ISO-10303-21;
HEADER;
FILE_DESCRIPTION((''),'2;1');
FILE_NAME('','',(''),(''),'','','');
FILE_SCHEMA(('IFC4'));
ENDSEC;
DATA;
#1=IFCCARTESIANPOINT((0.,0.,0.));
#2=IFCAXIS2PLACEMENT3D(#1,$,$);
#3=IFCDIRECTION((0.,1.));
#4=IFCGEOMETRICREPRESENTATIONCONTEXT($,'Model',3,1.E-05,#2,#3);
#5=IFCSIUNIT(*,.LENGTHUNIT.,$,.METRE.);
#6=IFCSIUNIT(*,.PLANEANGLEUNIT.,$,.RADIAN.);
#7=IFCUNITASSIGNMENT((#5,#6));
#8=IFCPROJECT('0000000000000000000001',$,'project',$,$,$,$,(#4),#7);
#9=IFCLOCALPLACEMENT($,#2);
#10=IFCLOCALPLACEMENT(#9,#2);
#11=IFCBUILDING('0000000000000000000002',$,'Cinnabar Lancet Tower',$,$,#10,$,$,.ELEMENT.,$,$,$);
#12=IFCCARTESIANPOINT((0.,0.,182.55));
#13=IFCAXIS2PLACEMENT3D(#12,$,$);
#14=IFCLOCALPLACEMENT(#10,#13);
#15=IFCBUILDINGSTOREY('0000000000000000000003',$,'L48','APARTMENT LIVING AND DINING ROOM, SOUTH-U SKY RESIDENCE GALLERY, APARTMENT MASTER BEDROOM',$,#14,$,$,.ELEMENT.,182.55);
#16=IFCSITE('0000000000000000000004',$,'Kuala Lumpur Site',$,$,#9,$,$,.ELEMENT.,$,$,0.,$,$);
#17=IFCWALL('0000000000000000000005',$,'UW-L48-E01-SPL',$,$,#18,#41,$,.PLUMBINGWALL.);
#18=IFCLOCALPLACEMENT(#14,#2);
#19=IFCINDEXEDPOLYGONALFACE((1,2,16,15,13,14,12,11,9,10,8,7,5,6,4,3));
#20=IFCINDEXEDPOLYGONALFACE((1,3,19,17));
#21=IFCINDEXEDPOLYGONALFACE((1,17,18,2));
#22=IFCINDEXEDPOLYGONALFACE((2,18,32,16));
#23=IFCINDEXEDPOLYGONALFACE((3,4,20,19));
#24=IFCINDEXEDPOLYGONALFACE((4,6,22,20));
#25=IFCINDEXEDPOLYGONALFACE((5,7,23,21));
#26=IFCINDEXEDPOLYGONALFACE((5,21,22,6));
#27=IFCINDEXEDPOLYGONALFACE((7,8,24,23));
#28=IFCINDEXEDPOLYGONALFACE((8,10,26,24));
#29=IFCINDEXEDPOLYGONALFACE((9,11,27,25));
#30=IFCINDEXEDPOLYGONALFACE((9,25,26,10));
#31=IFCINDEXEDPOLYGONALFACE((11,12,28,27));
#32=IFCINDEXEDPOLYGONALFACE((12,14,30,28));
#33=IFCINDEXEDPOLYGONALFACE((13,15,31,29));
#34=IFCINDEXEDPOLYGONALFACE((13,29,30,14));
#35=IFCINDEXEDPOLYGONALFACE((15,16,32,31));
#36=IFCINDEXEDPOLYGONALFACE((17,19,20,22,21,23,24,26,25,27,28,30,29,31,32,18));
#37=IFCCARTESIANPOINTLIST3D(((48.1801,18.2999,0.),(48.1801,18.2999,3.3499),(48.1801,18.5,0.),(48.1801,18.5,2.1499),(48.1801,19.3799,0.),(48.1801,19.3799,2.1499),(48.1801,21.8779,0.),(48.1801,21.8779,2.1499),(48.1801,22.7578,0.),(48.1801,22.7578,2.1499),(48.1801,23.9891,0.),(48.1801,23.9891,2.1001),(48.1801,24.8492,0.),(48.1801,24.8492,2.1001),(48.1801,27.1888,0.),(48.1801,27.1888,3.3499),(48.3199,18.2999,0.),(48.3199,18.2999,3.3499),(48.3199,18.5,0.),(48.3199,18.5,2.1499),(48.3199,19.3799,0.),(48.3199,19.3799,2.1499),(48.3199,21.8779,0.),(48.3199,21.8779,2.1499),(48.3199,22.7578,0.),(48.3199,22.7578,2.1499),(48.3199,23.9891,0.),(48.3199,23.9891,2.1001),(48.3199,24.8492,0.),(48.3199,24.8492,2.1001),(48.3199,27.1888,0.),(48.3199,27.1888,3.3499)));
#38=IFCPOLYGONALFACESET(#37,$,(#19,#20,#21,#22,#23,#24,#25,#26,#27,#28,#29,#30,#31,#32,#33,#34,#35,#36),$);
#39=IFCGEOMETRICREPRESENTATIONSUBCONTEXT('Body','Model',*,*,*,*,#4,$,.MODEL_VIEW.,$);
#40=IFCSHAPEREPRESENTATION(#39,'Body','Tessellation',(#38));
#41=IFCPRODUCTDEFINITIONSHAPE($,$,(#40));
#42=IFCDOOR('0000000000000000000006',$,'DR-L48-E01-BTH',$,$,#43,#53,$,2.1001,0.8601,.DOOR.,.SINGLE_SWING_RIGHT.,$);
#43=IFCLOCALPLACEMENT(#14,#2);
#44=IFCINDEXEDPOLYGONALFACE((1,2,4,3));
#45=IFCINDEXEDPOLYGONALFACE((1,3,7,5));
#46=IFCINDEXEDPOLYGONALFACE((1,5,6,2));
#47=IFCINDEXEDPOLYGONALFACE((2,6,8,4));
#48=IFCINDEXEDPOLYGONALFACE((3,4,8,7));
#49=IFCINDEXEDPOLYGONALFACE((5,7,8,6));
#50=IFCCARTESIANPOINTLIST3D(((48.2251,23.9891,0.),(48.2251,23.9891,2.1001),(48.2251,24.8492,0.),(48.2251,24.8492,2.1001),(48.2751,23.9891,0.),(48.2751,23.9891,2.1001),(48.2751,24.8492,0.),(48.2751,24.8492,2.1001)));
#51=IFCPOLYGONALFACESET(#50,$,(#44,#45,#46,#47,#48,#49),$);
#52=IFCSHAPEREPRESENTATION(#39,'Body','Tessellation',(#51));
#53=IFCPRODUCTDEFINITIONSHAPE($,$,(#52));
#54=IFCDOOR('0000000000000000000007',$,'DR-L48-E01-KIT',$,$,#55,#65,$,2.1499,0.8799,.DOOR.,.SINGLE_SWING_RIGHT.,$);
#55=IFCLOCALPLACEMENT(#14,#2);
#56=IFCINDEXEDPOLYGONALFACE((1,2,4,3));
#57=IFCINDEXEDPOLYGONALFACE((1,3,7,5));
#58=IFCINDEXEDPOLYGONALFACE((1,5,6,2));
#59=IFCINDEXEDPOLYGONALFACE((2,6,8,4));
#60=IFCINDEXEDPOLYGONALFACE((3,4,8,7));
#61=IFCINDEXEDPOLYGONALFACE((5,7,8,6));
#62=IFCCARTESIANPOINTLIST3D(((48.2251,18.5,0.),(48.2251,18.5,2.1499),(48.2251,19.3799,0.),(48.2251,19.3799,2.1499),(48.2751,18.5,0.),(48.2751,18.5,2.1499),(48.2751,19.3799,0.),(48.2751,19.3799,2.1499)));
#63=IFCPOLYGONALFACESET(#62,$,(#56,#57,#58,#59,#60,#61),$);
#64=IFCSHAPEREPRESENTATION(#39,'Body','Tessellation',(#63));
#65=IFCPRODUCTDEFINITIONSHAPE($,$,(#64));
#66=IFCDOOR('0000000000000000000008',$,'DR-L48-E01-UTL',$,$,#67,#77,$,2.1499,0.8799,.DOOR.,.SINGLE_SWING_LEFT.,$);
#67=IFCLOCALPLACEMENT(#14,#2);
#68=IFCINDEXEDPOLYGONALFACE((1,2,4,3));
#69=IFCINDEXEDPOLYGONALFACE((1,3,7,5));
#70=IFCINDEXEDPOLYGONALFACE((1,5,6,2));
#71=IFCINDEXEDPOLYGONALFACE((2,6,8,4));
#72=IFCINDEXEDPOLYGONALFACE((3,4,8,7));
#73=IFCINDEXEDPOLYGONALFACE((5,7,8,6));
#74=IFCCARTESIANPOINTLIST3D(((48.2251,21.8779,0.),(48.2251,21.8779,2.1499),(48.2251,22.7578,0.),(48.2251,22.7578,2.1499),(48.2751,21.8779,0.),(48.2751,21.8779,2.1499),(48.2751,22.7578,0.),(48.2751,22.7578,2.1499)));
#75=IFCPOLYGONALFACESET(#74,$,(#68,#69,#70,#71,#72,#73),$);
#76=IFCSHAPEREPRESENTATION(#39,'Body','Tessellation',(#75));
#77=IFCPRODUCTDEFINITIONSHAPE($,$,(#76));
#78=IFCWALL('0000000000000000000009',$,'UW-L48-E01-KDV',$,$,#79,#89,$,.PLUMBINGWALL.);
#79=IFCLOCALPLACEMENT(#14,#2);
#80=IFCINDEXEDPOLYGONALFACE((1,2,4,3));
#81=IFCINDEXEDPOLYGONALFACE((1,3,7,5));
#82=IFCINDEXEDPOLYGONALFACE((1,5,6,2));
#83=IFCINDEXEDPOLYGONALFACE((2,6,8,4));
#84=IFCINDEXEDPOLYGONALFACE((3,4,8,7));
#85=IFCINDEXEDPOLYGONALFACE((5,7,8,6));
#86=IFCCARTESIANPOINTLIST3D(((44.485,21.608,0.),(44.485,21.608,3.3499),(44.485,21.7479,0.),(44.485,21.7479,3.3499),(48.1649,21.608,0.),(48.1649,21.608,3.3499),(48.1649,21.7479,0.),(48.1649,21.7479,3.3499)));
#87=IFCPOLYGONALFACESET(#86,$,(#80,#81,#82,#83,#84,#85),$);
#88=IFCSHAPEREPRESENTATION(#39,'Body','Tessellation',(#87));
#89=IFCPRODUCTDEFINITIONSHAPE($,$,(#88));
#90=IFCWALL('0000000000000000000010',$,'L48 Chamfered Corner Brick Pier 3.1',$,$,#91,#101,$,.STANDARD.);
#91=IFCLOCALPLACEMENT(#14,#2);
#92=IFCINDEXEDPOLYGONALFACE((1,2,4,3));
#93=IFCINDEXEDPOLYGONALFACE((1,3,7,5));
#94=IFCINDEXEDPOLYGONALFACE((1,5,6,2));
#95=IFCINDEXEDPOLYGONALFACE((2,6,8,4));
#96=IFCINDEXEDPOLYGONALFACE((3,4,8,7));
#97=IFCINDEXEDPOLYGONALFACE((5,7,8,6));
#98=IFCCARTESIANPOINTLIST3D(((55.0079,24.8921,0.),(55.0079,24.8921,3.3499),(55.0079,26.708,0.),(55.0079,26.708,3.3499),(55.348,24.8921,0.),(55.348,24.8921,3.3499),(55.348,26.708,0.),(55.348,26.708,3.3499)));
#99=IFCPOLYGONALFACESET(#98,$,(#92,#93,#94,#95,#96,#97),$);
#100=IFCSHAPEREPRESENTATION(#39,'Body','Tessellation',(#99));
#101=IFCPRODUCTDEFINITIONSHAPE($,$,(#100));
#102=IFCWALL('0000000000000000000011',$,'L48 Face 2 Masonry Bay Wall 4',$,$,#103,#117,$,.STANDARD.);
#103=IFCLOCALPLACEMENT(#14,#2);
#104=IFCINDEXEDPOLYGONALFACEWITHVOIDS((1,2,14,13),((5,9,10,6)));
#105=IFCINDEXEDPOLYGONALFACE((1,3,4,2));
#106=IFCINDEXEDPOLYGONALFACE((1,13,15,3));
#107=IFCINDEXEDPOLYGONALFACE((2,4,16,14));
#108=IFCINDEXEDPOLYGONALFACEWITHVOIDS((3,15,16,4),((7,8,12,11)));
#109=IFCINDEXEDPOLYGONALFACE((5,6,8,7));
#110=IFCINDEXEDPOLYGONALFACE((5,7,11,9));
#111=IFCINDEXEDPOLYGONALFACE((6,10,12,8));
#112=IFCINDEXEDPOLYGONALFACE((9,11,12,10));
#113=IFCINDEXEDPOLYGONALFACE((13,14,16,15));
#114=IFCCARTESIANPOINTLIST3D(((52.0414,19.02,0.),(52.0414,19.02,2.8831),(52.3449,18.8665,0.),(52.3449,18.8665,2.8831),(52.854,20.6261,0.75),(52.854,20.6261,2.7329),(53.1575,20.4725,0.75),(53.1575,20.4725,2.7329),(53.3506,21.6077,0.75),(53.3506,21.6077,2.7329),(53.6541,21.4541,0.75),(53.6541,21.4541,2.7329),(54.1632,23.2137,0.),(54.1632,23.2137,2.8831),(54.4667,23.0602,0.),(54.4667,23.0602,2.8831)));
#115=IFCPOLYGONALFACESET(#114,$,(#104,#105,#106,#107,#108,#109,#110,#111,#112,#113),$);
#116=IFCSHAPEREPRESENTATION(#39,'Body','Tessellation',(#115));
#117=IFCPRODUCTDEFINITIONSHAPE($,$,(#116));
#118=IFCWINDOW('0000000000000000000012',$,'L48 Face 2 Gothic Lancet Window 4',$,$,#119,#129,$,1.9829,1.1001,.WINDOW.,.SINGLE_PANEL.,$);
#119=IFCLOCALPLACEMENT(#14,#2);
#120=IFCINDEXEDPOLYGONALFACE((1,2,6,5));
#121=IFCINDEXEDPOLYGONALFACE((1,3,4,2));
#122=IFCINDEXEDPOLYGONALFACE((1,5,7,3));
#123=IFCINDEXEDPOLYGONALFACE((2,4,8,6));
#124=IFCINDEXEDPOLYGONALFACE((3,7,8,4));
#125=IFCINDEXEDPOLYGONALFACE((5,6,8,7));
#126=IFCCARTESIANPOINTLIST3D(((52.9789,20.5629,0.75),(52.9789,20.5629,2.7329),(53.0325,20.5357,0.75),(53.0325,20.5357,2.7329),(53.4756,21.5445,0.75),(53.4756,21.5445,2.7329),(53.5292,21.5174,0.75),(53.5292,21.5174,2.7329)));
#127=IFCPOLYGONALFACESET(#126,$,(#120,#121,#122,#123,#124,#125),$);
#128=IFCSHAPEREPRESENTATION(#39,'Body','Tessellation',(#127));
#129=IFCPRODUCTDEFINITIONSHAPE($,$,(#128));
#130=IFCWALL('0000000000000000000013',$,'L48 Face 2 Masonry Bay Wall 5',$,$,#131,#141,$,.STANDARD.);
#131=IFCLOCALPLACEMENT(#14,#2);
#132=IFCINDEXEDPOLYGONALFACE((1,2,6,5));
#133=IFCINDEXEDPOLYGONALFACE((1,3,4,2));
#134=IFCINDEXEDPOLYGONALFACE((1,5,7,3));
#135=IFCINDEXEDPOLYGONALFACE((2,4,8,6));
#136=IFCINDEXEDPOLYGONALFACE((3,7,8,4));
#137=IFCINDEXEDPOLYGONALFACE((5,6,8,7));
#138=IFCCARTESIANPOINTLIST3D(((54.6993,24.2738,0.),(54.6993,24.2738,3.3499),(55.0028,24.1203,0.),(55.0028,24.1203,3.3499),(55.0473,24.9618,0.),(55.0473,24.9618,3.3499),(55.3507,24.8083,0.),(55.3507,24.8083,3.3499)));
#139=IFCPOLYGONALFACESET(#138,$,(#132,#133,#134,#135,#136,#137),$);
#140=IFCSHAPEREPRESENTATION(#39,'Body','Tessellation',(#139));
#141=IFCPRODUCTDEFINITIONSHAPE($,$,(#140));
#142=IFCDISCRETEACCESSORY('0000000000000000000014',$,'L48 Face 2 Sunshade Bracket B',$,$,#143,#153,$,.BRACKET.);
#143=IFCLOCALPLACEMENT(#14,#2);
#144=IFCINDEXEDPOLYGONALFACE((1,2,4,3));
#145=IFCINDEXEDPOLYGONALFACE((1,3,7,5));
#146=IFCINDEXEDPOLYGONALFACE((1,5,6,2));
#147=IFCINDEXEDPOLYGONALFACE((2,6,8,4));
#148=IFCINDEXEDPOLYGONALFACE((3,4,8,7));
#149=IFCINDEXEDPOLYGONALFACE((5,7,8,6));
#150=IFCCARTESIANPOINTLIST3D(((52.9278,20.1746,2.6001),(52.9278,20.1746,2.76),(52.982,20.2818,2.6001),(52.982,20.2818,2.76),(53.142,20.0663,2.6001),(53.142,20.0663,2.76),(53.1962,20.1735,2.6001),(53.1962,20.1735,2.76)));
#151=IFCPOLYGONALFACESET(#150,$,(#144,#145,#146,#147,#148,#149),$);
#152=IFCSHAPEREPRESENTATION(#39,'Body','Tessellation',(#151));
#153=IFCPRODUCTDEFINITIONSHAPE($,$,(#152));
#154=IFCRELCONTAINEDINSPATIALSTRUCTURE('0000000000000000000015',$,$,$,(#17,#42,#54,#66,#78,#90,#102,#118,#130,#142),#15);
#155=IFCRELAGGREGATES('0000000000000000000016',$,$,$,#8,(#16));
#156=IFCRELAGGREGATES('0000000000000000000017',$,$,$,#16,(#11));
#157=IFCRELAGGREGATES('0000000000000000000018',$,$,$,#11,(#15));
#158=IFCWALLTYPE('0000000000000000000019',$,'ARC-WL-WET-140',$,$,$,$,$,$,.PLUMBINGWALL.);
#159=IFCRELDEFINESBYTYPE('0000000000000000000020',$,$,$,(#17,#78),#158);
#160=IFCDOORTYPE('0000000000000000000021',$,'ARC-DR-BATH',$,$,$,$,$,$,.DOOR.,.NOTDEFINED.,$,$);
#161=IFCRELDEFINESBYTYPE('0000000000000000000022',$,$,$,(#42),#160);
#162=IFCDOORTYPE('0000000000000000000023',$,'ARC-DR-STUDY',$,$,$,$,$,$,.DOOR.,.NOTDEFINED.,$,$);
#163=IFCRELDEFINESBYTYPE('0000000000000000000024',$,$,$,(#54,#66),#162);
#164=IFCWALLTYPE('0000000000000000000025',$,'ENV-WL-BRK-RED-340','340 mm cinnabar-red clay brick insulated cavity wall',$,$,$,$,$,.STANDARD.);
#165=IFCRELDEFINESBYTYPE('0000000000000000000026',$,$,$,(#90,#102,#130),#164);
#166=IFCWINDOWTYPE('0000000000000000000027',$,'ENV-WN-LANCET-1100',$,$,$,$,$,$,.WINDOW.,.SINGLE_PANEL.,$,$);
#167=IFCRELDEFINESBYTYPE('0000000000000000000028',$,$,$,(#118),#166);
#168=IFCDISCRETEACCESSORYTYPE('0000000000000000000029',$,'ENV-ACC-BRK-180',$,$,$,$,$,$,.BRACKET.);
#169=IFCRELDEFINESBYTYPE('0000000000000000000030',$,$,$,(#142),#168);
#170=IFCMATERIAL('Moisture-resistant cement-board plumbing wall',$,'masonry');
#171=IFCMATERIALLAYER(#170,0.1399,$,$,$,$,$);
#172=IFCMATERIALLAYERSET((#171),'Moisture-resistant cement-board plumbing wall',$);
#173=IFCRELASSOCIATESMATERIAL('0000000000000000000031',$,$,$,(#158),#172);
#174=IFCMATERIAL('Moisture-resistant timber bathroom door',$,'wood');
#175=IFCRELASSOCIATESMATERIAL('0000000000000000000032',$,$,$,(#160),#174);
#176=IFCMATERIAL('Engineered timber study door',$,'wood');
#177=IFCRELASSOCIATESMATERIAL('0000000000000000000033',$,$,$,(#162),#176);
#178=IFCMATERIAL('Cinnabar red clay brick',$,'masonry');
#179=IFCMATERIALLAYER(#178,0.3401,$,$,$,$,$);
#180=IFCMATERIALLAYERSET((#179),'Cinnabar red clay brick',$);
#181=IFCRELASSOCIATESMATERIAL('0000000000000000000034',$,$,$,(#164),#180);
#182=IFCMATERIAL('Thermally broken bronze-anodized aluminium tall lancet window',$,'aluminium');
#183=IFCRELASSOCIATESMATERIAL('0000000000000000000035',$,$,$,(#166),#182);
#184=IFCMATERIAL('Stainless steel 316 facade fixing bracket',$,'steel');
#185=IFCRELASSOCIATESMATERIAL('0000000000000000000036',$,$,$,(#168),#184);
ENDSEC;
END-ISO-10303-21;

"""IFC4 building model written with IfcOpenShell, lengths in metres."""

from ifc_helpers import new_model, si_unit, direction, frame, frame_2d, origin, origin_2d, place, context, subcontext, project, spatial, rectangle, extrude, material, layer, layer_set, type_object, element, fill, save


model = new_model("IFC4")

# Units and contexts
model_context = context("Model", 3, precision=1e-05, world=origin(), true_north=direction((0.0, 1.0)))
body_context = subcontext(model_context, "Body", "Model", "MODEL_VIEW")
ifc_project = project(units=[si_unit("LENGTHUNIT", "METRE"), si_unit("PLANEANGLEUNIT", "RADIAN")], contexts=[model_context])

# Site, building, storey
site_placement = place(None, origin())
site = spatial("IfcSite", under=ifc_project, at=site_placement, Name="Kuala Lumpur Site", CompositionType="ELEMENT", RefElevation=0.0)
building_placement = place(site_placement, origin())
building = spatial("IfcBuilding", under=site, at=building_placement, Name="Cinnabar Lancet Tower", CompositionType="ELEMENT")
storey_placement = place(building_placement, frame((0.0, 0.0, 182.55)))
storey = spatial("IfcBuildingStorey", under=building, at=storey_placement, Name="L48", Description="APARTMENT LIVING AND DINING ROOM, SOUTH-U SKY RESIDENCE GALLERY, APARTMENT MASTER BEDROOM", CompositionType="ELEMENT", Elevation=182.55)

# Wall, openings, doors
ifc_material_1 = material(Name="Moisture-resistant cement-board plumbing wall", Category="masonry")
ifc_layer_1 = layer(ifc_material_1, 0.1399)
ifc_layer_set_1 = layer_set([ifc_layer_1], Name="Moisture-resistant cement-board plumbing wall")
wall_type_1 = type_object("IfcWallType", Name="ARC-WL-WET-140", PredefinedType="PLUMBINGWALL", material=ifc_layer_set_1)
wall_1_placement = place(storey_placement, frame((48.25, 18.3, 0.0), z_axis=(0.0, 0.0, 1.0), x_axis=(0.0, 1.0, 0.0)))
wall_1 = element("IfcWall", 1, at=wall_1_placement, inside=storey, type_object=wall_type_1, Name="UW-L48-E01-SPL", PredefinedType="PLUMBINGWALL", context=body_context, shape_type="SweptSolid", body=[
    extrude(rectangle(XDim=8.8889, YDim=0.1399, at=frame_2d((4.4443, 0.0))), origin(), (0.0, 0.0, 1.0), 3.3499),
])
opening_1_placement = place(wall_1_placement, frame((0.2, 0.0, 0.0)))
opening_1 = element("IfcOpeningElement", 2, at=opening_1_placement, cuts=wall_1, PredefinedType="OPENING", context=body_context, shape_type="SweptSolid", body=[
    extrude(rectangle(XDim=0.8799, YDim=2.1499, at=frame_2d((0.4399, 1.075))), frame((0.0, 0.0798, 0.0), z_axis=(0.0, -1.0, 0.0), x_axis=(1.0, 0.0, 0.0)), (0.0, 0.0, 1.0), 0.1599),
])
opening_2_placement = place(wall_1_placement, frame((3.5779, 0.0, 0.0)))
opening_2 = element("IfcOpeningElement", 3, at=opening_2_placement, cuts=wall_1, PredefinedType="OPENING", context=body_context, shape_type="SweptSolid", body=[
    extrude(rectangle(XDim=0.8799, YDim=2.1499, at=frame_2d((0.4399, 1.075))), frame((0.0, 0.0798, 0.0), z_axis=(0.0, -1.0, 0.0), x_axis=(1.0, 0.0, 0.0)), (0.0, 0.0, 1.0), 0.1599),
])
opening_3_placement = place(wall_1_placement, frame((5.689, 0.0, 0.0)))
opening_3 = element("IfcOpeningElement", 4, at=opening_3_placement, cuts=wall_1, PredefinedType="OPENING", context=body_context, shape_type="SweptSolid", body=[
    extrude(rectangle(XDim=0.8601, YDim=2.1001, at=frame_2d((0.4302, 1.05))), frame((0.0, 0.0798, 0.0), z_axis=(0.0, -1.0, 0.0), x_axis=(1.0, 0.0, 0.0)), (0.0, 0.0, 1.0), 0.1599),
])
ifc_material_2 = material(Name="Moisture-resistant timber bathroom door", Category="wood")
door_type_1 = type_object("IfcDoorType", Name="ARC-DR-BATH", OperationType="NOTDEFINED", PredefinedType="DOOR", material=ifc_material_2)
door_1_placement = place(opening_3_placement, origin())
door_1 = element("IfcDoor", 5, at=door_1_placement, inside=storey, type_object=door_type_1, Name="DR-L48-E01-BTH", OperationType="SINGLE_SWING_RIGHT", OverallHeight=2.1001, OverallWidth=0.8601, PredefinedType="DOOR", context=body_context, shape_type="SweptSolid", body=[
    extrude(rectangle(XDim=0.8601, YDim=2.1001, at=frame_2d((0.4302, 1.05))), frame((0.0, 0.0249, 0.0), z_axis=(0.0, -1.0, 0.0), x_axis=(1.0, 0.0, 0.0)), (0.0, 0.0, 1.0), 0.05),
])
fill(opening_3, door_1)
ifc_material_3 = material(Name="Engineered timber study door", Category="wood")
door_type_2 = type_object("IfcDoorType", Name="ARC-DR-STUDY", OperationType="NOTDEFINED", PredefinedType="DOOR", material=ifc_material_3)
door_2_placement = place(opening_1_placement, origin())
door_2 = element("IfcDoor", 6, at=door_2_placement, inside=storey, type_object=door_type_2, Name="DR-L48-E01-KIT", OperationType="SINGLE_SWING_RIGHT", OverallHeight=2.1499, OverallWidth=0.8799, PredefinedType="DOOR", context=body_context, shape_type="SweptSolid", body=[
    extrude(rectangle(XDim=0.8799, YDim=2.1499, at=frame_2d((0.4399, 1.075))), frame((0.0, 0.0249, 0.0), z_axis=(0.0, -1.0, 0.0), x_axis=(1.0, 0.0, 0.0)), (0.0, 0.0, 1.0), 0.05),
])
fill(opening_1, door_2)
door_3_placement = place(opening_2_placement, origin())
door_3 = element("IfcDoor", 7, at=door_3_placement, inside=storey, type_object=door_type_2, Name="DR-L48-E01-UTL", OperationType="SINGLE_SWING_LEFT", OverallHeight=2.1499, OverallWidth=0.8799, PredefinedType="DOOR", context=body_context, shape_type="SweptSolid", body=[
    extrude(rectangle(XDim=0.8799, YDim=2.1499, at=frame_2d((0.4399, 1.075))), frame((0.0, 0.0249, 0.0), z_axis=(0.0, -1.0, 0.0), x_axis=(1.0, 0.0, 0.0)), (0.0, 0.0, 1.0), 0.05),
])
fill(opening_2, door_3)

# Walls
wall_2_placement = place(storey_placement, frame((44.4851, 21.678, 0.0), z_axis=(0.0, 0.0, 1.0), x_axis=(1.0, 0.0, 0.0)))
element("IfcWall", 8, at=wall_2_placement, inside=storey, type_object=wall_type_1, Name="UW-L48-E01-KDV", PredefinedType="PLUMBINGWALL", context=body_context, shape_type="SweptSolid", body=[
    extrude(rectangle(XDim=3.6799, YDim=0.1399, at=frame_2d((1.8398, 0.0))), origin(), (0.0, 0.0, 1.0), 3.3499),
])
ifc_material_4 = material(Name="Cinnabar red clay brick", Category="masonry")
ifc_layer_2 = layer(ifc_material_4, 0.3401)
ifc_layer_set_2 = layer_set([ifc_layer_2], Name="Cinnabar red clay brick")
wall_type_2 = type_object("IfcWallType", Name="ENV-WL-BRK-RED-340", Description="340 mm cinnabar-red clay brick insulated cavity wall", PredefinedType="STANDARD", material=ifc_layer_set_2)
wall_3_placement = place(storey_placement, frame((55.178, 24.8921, 0.0), z_axis=(0.0, 0.0, 1.0), x_axis=(0.0, 1.0, 0.0)))
element("IfcWall", 9, at=wall_3_placement, inside=storey, type_object=wall_type_2, Name="L48 Chamfered Corner Brick Pier 3.1", PredefinedType="STANDARD", context=body_context, shape_type="SweptSolid", body=[
    extrude(rectangle(XDim=1.8159, YDim=0.3401, at=frame_2d((0.908, 0.0))), origin(), (0.0, 0.0, 1.0), 3.3499),
])

# Wall, opening, window
wall_4_placement = place(storey_placement, frame((52.1931, 18.9431, 0.0), z_axis=(0.0, 0.0, 1.0), x_axis=(0.451447, 0.892298, 0.0)))
wall_4 = element("IfcWall", 10, at=wall_4_placement, inside=storey, type_object=wall_type_2, Name="L48 Face 2 Masonry Bay Wall 4", PredefinedType="STANDARD", context=body_context, shape_type="SweptSolid", body=[
    extrude(rectangle(XDim=4.7, YDim=0.3401, at=frame_2d((2.3501, 0.0))), origin(), (0.0, 0.0, 1.0), 2.8831),
])
opening_4_placement = place(wall_4_placement, frame((1.8, 0.0, 0.75)))
opening_4 = element("IfcOpeningElement", 11, at=opening_4_placement, cuts=wall_4, PredefinedType="OPENING", context=body_context, shape_type="SweptSolid", body=[
    extrude(rectangle(XDim=1.1001, YDim=1.9829, at=frame_2d((0.55, 0.9915))), frame((0.0, 0.1799, 0.0), z_axis=(0.0, -1.0, 0.0), x_axis=(1.0, 0.0, 0.0)), (0.0, 0.0, 1.0), 0.3601),
])
ifc_material_5 = material(Name="Thermally broken bronze-anodized aluminium tall lancet window", Category="aluminium")
window_type = type_object("IfcWindowType", Name="ENV-WN-LANCET-1100", PartitioningType="SINGLE_PANEL", PredefinedType="WINDOW", material=ifc_material_5)
window_placement = place(opening_4_placement, origin())
window = element("IfcWindow", 12, at=window_placement, inside=storey, type_object=window_type, Name="L48 Face 2 Gothic Lancet Window 4", OverallHeight=1.9829, OverallWidth=1.1001, PartitioningType="SINGLE_PANEL", PredefinedType="WINDOW", context=body_context, shape_type="SweptSolid", body=[
    extrude(rectangle(XDim=1.1001, YDim=1.9829, at=frame_2d((0.55, 0.9915))), frame((0.0, 0.03, 0.0), z_axis=(0.0, -1.0, 0.0), x_axis=(1.0, 0.0, 0.0)), (0.0, 0.0, 1.0), 0.0601),
])
fill(opening_4, window)

# Wall
wall_5_placement = place(storey_placement, frame((54.8511, 24.197, 0.0), z_axis=(0.0, 0.0, 1.0), x_axis=(0.451262, 0.892391, 0.0)))
element("IfcWall", 13, at=wall_5_placement, inside=storey, type_object=wall_type_2, Name="L48 Face 2 Masonry Bay Wall 5", PredefinedType="STANDARD", context=body_context, shape_type="SweptSolid", body=[
    extrude(rectangle(XDim=0.771, YDim=0.3401, at=frame_2d((0.3855, 0.0))), origin(), (0.0, 0.0, 1.0), 3.3499),
])

# Discrete accessory
ifc_material_6 = material(Name="Stainless steel 316 facade fixing bracket", Category="steel")
discrete_accessory_type = type_object("IfcDiscreteAccessoryType", Name="ENV-ACC-BRK-180", PredefinedType="BRACKET", material=ifc_material_6)
discrete_accessory_placement = place(storey_placement, frame((53.062, 20.1741, 2.6001), z_axis=(0.0, 0.0, 1.0), x_axis=(0.451407, 0.892318, 0.0)))
element("IfcDiscreteAccessory", 14, at=discrete_accessory_placement, inside=storey, type_object=discrete_accessory_type, Name="L48 Face 2 Sunshade Bracket B", PredefinedType="BRACKET", context=body_context, shape_type="SweptSolid", body=[
    extrude(rectangle(XDim=0.1201, YDim=0.24, at=origin_2d()), origin(), (0.0, 0.0, 1.0), 0.1599),
])

save(model, "model.ifc")
